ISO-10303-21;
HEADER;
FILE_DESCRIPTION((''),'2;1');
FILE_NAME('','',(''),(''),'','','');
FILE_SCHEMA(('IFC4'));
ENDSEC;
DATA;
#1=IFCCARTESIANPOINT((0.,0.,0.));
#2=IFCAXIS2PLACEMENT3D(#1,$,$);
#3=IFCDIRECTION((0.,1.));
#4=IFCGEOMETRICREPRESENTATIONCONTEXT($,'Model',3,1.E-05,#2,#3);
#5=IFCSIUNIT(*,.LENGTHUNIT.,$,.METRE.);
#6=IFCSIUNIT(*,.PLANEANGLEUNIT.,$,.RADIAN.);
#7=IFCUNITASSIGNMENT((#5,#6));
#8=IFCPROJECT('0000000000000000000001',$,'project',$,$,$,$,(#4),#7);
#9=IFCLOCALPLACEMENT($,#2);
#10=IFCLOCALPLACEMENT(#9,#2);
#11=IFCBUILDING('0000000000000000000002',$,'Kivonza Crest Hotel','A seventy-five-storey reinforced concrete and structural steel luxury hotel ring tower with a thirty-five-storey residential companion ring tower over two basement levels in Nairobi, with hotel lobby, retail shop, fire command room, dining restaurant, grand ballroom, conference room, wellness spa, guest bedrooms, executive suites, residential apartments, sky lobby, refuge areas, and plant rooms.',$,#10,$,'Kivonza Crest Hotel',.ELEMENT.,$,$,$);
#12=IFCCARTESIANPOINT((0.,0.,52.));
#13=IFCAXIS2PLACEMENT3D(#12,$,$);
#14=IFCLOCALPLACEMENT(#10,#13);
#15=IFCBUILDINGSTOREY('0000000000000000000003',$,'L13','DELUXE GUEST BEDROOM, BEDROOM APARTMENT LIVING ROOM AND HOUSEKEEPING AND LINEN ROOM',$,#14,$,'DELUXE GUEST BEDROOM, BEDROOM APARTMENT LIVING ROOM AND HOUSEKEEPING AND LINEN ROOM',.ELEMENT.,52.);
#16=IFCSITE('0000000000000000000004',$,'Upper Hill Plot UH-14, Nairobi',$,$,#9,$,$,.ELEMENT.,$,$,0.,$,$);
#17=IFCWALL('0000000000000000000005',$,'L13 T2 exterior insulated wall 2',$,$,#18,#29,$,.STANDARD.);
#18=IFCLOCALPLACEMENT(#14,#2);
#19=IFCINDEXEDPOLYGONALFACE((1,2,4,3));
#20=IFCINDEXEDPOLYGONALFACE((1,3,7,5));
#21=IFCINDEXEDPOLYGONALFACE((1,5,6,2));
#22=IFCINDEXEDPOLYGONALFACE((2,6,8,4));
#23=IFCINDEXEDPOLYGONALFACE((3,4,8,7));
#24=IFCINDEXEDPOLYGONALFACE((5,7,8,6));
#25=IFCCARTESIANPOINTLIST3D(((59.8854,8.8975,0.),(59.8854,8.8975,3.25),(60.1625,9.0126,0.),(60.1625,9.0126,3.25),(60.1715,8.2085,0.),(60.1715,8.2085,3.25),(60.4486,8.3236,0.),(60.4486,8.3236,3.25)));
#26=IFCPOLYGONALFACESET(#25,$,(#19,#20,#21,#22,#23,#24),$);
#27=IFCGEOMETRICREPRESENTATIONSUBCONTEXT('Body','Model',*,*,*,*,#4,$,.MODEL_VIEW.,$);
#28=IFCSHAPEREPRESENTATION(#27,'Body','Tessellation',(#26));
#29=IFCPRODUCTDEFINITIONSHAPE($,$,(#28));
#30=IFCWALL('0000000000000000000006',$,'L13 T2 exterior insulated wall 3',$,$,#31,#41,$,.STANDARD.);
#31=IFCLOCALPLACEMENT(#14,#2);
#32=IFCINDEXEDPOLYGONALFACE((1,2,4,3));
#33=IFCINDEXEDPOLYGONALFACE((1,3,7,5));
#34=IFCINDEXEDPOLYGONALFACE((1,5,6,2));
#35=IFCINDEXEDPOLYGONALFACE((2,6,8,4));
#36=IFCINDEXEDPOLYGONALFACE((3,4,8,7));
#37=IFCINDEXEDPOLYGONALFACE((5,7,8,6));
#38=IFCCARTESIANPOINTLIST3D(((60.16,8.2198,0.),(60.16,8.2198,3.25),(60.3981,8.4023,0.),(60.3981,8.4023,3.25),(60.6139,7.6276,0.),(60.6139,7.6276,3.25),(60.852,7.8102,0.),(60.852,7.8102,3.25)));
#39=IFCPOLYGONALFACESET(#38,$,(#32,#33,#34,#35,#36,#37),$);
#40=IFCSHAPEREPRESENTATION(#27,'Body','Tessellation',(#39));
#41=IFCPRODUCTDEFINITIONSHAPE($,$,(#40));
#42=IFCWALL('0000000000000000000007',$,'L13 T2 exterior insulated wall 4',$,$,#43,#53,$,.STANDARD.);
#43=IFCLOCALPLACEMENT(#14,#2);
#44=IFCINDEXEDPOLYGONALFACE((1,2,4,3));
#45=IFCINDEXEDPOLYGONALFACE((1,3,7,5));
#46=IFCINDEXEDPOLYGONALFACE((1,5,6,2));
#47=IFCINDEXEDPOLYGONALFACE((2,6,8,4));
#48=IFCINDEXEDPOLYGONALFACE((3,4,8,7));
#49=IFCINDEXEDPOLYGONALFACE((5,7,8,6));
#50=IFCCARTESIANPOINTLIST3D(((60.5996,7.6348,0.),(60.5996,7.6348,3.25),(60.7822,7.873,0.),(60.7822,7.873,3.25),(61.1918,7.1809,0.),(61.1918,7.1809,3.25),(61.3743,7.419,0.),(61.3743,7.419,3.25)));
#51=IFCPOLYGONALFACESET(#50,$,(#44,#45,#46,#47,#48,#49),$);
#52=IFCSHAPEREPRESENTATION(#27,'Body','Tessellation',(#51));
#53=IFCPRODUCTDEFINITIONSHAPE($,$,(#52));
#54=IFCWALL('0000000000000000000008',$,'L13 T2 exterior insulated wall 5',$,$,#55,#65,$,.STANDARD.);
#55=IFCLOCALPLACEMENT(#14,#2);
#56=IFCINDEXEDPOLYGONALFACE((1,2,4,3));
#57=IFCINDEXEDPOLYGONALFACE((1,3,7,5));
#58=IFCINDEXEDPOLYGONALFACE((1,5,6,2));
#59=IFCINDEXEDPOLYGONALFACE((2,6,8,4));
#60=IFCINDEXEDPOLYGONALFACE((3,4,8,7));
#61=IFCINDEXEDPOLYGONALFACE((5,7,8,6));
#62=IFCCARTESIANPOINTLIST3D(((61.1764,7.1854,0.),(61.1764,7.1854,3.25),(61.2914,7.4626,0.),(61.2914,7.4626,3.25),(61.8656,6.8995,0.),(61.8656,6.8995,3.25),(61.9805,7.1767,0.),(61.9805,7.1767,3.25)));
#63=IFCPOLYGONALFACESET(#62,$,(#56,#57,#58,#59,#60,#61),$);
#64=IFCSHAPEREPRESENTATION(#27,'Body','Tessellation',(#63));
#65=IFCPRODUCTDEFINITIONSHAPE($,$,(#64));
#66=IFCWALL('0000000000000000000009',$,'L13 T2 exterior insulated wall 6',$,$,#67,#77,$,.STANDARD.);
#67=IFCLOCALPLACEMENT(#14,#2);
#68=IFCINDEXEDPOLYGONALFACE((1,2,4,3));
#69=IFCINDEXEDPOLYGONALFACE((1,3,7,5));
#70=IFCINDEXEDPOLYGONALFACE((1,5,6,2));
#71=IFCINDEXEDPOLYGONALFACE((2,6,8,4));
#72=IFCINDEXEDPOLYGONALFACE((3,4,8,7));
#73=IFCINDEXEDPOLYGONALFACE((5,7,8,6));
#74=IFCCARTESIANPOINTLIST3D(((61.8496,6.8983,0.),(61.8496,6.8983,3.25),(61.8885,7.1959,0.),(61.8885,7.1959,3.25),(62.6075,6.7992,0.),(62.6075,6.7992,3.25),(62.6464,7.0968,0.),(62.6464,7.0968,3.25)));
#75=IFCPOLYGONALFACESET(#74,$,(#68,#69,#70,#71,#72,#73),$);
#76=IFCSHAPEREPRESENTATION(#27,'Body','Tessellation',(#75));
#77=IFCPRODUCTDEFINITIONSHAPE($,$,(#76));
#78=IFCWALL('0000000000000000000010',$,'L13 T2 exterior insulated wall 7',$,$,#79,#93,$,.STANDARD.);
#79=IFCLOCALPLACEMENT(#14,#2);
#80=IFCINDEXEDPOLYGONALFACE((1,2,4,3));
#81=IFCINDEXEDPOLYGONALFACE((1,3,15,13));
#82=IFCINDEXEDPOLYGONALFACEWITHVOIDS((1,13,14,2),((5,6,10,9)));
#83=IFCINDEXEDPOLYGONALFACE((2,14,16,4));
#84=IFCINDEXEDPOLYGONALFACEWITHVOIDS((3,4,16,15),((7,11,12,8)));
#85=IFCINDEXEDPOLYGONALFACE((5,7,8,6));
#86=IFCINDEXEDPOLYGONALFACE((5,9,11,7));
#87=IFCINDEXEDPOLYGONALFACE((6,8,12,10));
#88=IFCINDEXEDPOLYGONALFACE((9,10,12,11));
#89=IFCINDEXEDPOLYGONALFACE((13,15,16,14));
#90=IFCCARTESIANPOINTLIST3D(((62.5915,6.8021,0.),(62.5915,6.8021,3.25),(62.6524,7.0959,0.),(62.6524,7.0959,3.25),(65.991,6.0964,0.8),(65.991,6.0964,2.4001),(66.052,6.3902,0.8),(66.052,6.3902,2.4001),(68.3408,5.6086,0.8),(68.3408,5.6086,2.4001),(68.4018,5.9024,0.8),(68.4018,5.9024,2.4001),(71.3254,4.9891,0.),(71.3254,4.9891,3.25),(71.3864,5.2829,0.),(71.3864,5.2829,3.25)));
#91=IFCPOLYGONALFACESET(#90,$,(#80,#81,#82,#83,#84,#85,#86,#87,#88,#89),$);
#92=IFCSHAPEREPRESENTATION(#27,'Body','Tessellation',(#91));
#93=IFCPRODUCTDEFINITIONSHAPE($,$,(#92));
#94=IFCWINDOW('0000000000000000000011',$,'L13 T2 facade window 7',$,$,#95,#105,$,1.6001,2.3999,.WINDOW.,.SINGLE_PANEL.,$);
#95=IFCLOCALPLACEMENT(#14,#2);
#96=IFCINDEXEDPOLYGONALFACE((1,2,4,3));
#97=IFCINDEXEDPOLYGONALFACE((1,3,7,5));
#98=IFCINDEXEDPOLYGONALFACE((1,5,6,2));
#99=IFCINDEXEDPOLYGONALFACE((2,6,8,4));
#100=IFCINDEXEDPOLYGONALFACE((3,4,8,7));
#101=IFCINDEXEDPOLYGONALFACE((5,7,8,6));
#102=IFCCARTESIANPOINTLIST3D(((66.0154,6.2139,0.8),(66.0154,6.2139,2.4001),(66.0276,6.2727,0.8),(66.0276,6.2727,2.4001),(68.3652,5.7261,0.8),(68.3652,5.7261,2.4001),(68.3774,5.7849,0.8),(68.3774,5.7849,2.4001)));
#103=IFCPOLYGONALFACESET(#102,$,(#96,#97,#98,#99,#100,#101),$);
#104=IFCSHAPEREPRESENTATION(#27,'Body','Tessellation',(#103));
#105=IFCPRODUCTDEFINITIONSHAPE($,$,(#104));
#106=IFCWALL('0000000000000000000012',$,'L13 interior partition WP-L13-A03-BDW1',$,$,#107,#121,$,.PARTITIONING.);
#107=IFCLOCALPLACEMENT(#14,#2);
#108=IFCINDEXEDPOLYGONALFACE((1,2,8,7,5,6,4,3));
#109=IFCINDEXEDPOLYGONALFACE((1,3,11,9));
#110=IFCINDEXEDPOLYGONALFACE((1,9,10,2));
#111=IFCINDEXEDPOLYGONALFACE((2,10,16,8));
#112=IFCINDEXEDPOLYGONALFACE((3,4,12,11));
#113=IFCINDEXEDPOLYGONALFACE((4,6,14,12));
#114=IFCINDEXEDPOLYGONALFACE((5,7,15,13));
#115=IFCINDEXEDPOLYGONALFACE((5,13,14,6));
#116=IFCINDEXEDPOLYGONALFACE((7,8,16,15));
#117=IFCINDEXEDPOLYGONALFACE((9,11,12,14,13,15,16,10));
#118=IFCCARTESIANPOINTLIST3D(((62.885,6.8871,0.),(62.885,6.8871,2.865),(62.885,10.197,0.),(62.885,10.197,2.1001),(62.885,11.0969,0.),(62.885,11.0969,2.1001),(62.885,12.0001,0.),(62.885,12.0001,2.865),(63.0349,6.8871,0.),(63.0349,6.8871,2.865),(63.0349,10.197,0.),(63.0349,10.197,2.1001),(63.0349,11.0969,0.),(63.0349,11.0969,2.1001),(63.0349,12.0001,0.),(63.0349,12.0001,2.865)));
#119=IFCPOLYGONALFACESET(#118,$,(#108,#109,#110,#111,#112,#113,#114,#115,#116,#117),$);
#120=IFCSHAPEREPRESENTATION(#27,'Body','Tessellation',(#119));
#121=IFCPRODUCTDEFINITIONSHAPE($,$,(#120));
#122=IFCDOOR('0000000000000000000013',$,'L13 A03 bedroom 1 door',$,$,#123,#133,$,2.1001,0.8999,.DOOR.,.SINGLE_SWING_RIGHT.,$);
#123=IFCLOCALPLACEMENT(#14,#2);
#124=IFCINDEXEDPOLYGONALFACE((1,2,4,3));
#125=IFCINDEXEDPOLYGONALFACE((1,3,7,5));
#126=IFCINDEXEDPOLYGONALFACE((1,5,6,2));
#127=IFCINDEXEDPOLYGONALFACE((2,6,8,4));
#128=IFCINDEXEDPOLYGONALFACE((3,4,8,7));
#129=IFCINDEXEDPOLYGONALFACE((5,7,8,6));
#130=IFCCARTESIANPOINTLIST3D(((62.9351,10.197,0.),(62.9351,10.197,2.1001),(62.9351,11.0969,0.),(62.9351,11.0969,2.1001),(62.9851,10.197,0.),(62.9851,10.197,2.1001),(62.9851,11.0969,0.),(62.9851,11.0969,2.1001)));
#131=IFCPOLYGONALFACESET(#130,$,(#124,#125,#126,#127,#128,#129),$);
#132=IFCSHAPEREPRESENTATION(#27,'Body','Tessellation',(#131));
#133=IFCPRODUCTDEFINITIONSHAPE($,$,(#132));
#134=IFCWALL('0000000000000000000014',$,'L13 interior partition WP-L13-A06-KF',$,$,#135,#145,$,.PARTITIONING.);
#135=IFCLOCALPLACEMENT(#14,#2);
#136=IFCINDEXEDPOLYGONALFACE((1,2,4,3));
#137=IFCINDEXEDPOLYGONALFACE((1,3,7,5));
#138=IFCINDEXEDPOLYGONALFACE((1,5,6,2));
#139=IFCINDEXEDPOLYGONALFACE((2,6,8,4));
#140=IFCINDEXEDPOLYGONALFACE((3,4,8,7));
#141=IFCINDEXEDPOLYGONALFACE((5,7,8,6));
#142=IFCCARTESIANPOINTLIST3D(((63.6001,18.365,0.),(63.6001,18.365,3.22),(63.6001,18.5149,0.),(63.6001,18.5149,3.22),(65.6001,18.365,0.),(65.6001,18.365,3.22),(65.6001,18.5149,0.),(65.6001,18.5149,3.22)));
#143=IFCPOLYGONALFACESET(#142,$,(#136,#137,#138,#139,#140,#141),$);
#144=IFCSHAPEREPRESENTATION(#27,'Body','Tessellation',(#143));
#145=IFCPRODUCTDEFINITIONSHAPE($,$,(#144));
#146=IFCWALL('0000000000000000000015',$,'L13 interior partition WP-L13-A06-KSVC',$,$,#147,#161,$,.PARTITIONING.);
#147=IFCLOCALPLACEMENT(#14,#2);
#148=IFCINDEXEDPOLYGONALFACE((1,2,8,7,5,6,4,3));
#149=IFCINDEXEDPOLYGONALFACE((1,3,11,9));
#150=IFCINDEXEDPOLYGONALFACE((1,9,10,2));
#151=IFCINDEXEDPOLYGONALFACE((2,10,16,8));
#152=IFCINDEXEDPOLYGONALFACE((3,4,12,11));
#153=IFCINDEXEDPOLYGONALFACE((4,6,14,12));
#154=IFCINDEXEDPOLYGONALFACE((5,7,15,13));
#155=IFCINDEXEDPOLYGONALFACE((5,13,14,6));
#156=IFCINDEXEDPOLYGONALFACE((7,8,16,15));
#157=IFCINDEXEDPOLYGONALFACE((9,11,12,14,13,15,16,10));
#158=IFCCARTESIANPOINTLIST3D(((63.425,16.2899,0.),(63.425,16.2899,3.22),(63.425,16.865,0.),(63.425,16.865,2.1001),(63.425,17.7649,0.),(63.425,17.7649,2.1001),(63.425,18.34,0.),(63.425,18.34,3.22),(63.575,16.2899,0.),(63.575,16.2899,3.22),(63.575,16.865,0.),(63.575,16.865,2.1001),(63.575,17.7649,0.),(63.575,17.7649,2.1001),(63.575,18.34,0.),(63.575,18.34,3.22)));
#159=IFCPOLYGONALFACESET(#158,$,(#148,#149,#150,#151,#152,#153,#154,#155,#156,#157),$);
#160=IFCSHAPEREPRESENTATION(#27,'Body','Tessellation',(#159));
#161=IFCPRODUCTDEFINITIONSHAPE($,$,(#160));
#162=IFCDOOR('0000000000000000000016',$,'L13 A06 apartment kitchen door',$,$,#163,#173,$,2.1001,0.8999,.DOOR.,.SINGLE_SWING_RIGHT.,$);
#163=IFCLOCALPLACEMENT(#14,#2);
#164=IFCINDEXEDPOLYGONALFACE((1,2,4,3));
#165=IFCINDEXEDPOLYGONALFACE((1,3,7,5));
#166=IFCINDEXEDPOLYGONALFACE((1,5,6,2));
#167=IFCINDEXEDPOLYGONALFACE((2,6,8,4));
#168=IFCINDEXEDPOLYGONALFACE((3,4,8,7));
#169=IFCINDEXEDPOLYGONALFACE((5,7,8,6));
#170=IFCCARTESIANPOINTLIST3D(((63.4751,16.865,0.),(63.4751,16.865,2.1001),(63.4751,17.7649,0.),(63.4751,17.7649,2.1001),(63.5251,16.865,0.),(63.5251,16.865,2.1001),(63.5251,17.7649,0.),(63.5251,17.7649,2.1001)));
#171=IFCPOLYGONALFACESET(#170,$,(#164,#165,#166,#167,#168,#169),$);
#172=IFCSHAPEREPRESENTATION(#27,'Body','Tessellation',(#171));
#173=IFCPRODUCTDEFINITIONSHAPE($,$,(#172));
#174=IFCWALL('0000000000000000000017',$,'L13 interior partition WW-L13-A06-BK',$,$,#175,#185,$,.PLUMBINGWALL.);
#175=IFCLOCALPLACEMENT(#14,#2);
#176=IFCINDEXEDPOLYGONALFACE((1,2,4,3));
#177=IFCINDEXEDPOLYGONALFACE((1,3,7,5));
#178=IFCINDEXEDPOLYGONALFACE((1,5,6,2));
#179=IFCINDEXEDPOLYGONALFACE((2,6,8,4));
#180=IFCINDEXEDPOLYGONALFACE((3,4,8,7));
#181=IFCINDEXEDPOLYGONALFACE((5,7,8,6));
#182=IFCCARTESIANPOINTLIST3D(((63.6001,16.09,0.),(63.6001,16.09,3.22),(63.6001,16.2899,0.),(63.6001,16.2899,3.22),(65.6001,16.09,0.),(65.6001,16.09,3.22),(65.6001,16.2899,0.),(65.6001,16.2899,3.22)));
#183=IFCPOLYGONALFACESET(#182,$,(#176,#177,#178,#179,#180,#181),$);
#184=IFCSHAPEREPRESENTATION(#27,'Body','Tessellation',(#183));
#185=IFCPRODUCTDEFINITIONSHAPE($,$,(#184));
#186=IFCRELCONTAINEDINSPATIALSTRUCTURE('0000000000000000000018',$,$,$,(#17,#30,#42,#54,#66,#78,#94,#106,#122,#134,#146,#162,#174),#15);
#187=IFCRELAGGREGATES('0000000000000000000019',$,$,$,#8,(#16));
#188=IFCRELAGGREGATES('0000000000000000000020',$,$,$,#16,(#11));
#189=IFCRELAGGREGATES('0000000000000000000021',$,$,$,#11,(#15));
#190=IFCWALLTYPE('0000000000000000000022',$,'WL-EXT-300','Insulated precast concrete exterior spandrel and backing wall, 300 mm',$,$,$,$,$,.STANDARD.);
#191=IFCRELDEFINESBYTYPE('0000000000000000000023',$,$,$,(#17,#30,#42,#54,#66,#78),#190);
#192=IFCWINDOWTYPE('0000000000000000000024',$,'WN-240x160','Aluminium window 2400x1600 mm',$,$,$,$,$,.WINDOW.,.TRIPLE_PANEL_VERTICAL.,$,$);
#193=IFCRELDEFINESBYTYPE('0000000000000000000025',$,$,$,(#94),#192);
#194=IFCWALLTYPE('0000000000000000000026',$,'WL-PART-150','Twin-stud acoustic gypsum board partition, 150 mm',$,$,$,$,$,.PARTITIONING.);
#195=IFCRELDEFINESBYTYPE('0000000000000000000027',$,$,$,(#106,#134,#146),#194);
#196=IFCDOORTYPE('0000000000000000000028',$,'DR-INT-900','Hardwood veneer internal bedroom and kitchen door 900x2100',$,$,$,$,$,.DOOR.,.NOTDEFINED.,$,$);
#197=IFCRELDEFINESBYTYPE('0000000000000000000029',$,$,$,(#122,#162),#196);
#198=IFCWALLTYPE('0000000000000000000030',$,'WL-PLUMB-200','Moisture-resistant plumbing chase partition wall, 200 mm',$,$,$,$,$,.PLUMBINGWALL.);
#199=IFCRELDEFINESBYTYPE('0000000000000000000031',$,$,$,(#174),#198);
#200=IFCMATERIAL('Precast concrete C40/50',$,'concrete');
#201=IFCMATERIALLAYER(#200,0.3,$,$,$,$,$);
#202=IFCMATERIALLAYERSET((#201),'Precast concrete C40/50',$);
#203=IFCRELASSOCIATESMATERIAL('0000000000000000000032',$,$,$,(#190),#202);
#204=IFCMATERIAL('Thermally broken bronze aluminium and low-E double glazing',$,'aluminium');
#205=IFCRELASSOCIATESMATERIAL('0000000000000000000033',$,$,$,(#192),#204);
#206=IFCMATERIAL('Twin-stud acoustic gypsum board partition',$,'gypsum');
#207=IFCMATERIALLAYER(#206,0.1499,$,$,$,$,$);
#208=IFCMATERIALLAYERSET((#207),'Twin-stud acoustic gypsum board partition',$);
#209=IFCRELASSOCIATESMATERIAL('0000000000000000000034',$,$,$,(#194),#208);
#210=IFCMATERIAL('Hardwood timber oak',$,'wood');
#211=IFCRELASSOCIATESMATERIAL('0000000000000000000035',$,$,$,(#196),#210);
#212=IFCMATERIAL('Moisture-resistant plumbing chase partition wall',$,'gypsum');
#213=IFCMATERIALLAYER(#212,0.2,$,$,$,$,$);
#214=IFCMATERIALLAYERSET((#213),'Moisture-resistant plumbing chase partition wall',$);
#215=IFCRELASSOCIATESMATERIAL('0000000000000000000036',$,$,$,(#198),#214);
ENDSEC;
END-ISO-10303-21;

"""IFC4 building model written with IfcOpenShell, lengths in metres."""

from ifc_helpers import new_model, si_unit, direction, frame, frame_2d, origin, place, context, subcontext, project, spatial, rectangle, extrude, material, layer, layer_set, type_object, element, fill, save


model = new_model("IFC4")

# Units and contexts
model_context = context("Model", 3, precision=1e-05, world=origin(), true_north=direction((0.0, 1.0)))
body_context = subcontext(model_context, "Body", "Model", "MODEL_VIEW")
ifc_project = project(units=[si_unit("LENGTHUNIT", "METRE"), si_unit("PLANEANGLEUNIT", "RADIAN")], contexts=[model_context])

# Site, building, storey
site_placement = place(None, origin())
site = spatial("IfcSite", under=ifc_project, at=site_placement, Name="Upper Hill Plot UH-14, Nairobi", CompositionType="ELEMENT", RefElevation=0.0)
building_placement = place(site_placement, origin())
building = spatial("IfcBuilding", under=site, at=building_placement, Name="Kivonza Crest Hotel", Description="A seventy-five-storey reinforced concrete and structural steel luxury hotel ring tower with a thirty-five-storey residential companion ring tower over two basement levels in Nairobi, with hotel lobby, retail shop, fire command room, dining restaurant, grand ballroom, conference room, wellness spa, guest bedrooms, executive suites, residential apartments, sky lobby, refuge areas, and plant rooms.", LongName="Kivonza Crest Hotel", CompositionType="ELEMENT")
storey_placement = place(building_placement, frame((0.0, 0.0, 52.0)))
storey = spatial("IfcBuildingStorey", under=building, at=storey_placement, Name="L13", Description="DELUXE GUEST BEDROOM, BEDROOM APARTMENT LIVING ROOM AND HOUSEKEEPING AND LINEN ROOM", LongName="DELUXE GUEST BEDROOM, BEDROOM APARTMENT LIVING ROOM AND HOUSEKEEPING AND LINEN ROOM", CompositionType="ELEMENT", Elevation=52.0)

# Walls
ifc_material_1 = material(Name="Precast concrete C40/50", Category="concrete")
ifc_layer_1 = layer(ifc_material_1, 0.3)
ifc_layer_set_1 = layer_set([ifc_layer_1], Name="Precast concrete C40/50")
wall_type_1 = type_object("IfcWallType", Name="WL-EXT-300", Description="Insulated precast concrete exterior spandrel and backing wall, 300 mm", PredefinedType="STANDARD", material=ifc_layer_set_1)
for number, where, z_axis, x_axis, name in (
    (1, (60.0239, 8.9551, 0.0), (0.0, 0.0, 1.0), (0.383546, -0.923522, 0.0), "L13 T2 exterior insulated wall 2"),
    (2, (60.2791, 8.311, 0.0), (0.0, 0.0, 1.0), (0.608397, -0.793633, 0.0), "L13 T2 exterior insulated wall 3"),
    (3, (60.6909, 7.7539, 0.0), (0.0, 0.0, 1.0), (0.793633, -0.608397, 0.0), "L13 T2 exterior insulated wall 4"),
    (4, (61.2339, 7.324, 0.0), (0.0, 0.0, 1.0), (0.923686, -0.383151, 0.0), "L13 T2 exterior insulated wall 5"),
):
    element("IfcWall", number, at=place(storey_placement, frame(where, z_axis=z_axis, x_axis=x_axis)), inside=storey, type_object=wall_type_1, Name=name, PredefinedType="STANDARD", context=body_context, shape_type="SweptSolid", body=[
        extrude(rectangle(XDim=0.7461, YDim=0.3, at=frame_2d((0.373, 0.0))), origin(), (0.0, 0.0, 1.0), 3.25),
    ])
wall_1_placement = place(storey_placement, frame((61.8689, 7.0471, 0.0), z_axis=(0.0, 0.0, 1.0), x_axis=(0.991559, -0.129653, 0.0)))
element("IfcWall", 5, at=wall_1_placement, inside=storey, type_object=wall_type_1, Name="L13 T2 exterior insulated wall 6", PredefinedType="STANDARD", context=body_context, shape_type="SweptSolid", body=[
    extrude(rectangle(XDim=0.7644, YDim=0.3, at=frame_2d((0.3823, 0.0))), origin(), (0.0, 0.0, 1.0), 3.25),
])

# Wall, opening, window
wall_2_placement = place(storey_placement, frame((62.6221, 6.949, 0.0), z_axis=(0.0, 0.0, 1.0), x_axis=(0.979127, -0.203248, 0.0)))
wall_2 = element("IfcWall", 6, at=wall_2_placement, inside=storey, type_object=wall_type_1, Name="L13 T2 exterior insulated wall 7", PredefinedType="STANDARD", context=body_context, shape_type="SweptSolid", body=[
    extrude(rectangle(XDim=8.9202, YDim=0.3, at=frame_2d((4.46, 0.0))), origin(), (0.0, 0.0, 1.0), 3.25),
])
opening_1_placement = place(wall_2_placement, frame((3.4719, 0.0, 0.8)))
opening_1 = element("IfcOpeningElement", 7, at=opening_1_placement, cuts=wall_2, PredefinedType="OPENING", context=body_context, shape_type="SweptSolid", body=[
    extrude(rectangle(XDim=2.3999, YDim=1.6001, at=frame_2d((1.2, 0.8))), frame((0.0, 0.1602, 0.0), z_axis=(0.0, -1.0, 0.0), x_axis=(1.0, 0.0, 0.0)), (0.0, 0.0, 1.0), 0.3201),
])
ifc_material_2 = material(Name="Thermally broken bronze aluminium and low-E double glazing", Category="aluminium")
window_type = type_object("IfcWindowType", Name="WN-240x160", Description="Aluminium window 2400x1600 mm", PartitioningType="TRIPLE_PANEL_VERTICAL", PredefinedType="WINDOW", material=ifc_material_2)
window_placement = place(opening_1_placement, origin())
window = element("IfcWindow", 8, at=window_placement, inside=storey, type_object=window_type, Name="L13 T2 facade window 7", OverallHeight=1.6001, OverallWidth=2.3999, PartitioningType="SINGLE_PANEL", PredefinedType="WINDOW", context=body_context, shape_type="SweptSolid", body=[
    extrude(rectangle(XDim=2.3999, YDim=1.6001, at=frame_2d((1.2, 0.8))), frame((0.0, 0.03, 0.0), z_axis=(0.0, -1.0, 0.0), x_axis=(1.0, 0.0, 0.0)), (0.0, 0.0, 1.0), 0.0601),
])
fill(opening_1, window)

# Wall, opening, door
ifc_material_3 = material(Name="Twin-stud acoustic gypsum board partition", Category="gypsum")
ifc_layer_2 = layer(ifc_material_3, 0.1499)
ifc_layer_set_2 = layer_set([ifc_layer_2], Name="Twin-stud acoustic gypsum board partition")
wall_type_2 = type_object("IfcWallType", Name="WL-PART-150", Description="Twin-stud acoustic gypsum board partition, 150 mm", PredefinedType="PARTITIONING", material=ifc_layer_set_2)
wall_3_placement = place(storey_placement, frame((62.96, 6.887, 0.0), z_axis=(0.0, 0.0, 1.0), x_axis=(0.0, 1.0, 0.0)))
wall_3 = element("IfcWall", 9, at=wall_3_placement, inside=storey, type_object=wall_type_2, Name="L13 interior partition WP-L13-A03-BDW1", PredefinedType="PARTITIONING", context=body_context, shape_type="SweptSolid", body=[
    extrude(rectangle(XDim=5.113, YDim=0.1499, at=frame_2d((2.5566, 0.0))), origin(), (0.0, 0.0, 1.0), 2.865),
])
opening_2_placement = place(wall_3_placement, frame((3.3101, 0.0, 0.0)))
opening_2 = element("IfcOpeningElement", 10, at=opening_2_placement, cuts=wall_3, PredefinedType="OPENING", context=body_context, shape_type="SweptSolid", body=[
    extrude(rectangle(XDim=0.8999, YDim=2.1001, at=frame_2d((0.45, 1.05))), frame((0.0, 0.085, 0.0), z_axis=(0.0, -1.0, 0.0), x_axis=(1.0, 0.0, 0.0)), (0.0, 0.0, 1.0), 0.1699),
])
ifc_material_4 = material(Name="Hardwood timber oak", Category="wood")
door_type_1 = type_object("IfcDoorType", Name="DR-INT-900", Description="Hardwood veneer internal bedroom and kitchen door 900x2100", OperationType="NOTDEFINED", PredefinedType="DOOR", material=ifc_material_4)
door_1_placement = place(opening_2_placement, origin())
door_1 = element("IfcDoor", 11, at=door_1_placement, inside=storey, type_object=door_type_1, Name="L13 A03 bedroom 1 door", OperationType="SINGLE_SWING_RIGHT", OverallHeight=2.1001, OverallWidth=0.8999, PredefinedType="DOOR", context=body_context, shape_type="SweptSolid", body=[
    extrude(rectangle(XDim=0.8999, YDim=2.1001, at=frame_2d((0.45, 1.05))), frame((0.0, 0.0249, 0.0), z_axis=(0.0, -1.0, 0.0), x_axis=(1.0, 0.0, 0.0)), (0.0, 0.0, 1.0), 0.05),
])
fill(opening_2, door_1)

# Wall
wall_4_placement = place(storey_placement, frame((63.6001, 18.4399, 0.0), z_axis=(0.0, 0.0, 1.0), x_axis=(1.0, 0.0, 0.0)))
element("IfcWall", 12, at=wall_4_placement, inside=storey, type_object=wall_type_2, Name="L13 interior partition WP-L13-A06-KF", PredefinedType="PARTITIONING", context=body_context, shape_type="SweptSolid", body=[
    extrude(rectangle(XDim=2.0, YDim=0.1499, at=frame_2d((1.0, 0.0))), origin(), (0.0, 0.0, 1.0), 3.22),
])

# Wall, opening, door
wall_5_placement = place(storey_placement, frame((63.5, 16.29, 0.0), z_axis=(0.0, 0.0, 1.0), x_axis=(0.0, 1.0, 0.0)))
wall_5 = element("IfcWall", 13, at=wall_5_placement, inside=storey, type_object=wall_type_2, Name="L13 interior partition WP-L13-A06-KSVC", PredefinedType="PARTITIONING", context=body_context, shape_type="SweptSolid", body=[
    extrude(rectangle(XDim=2.05, YDim=0.1499, at=frame_2d((1.0249, 0.0))), origin(), (0.0, 0.0, 1.0), 3.22),
])
opening_3_placement = place(wall_5_placement, frame((0.575, 0.0, 0.0)))
opening_3 = element("IfcOpeningElement", 14, at=opening_3_placement, cuts=wall_5, PredefinedType="OPENING", context=body_context, shape_type="SweptSolid", body=[
    extrude(rectangle(XDim=0.8999, YDim=2.1001, at=frame_2d((0.45, 1.05))), frame((0.0, 0.085, 0.0), z_axis=(0.0, -1.0, 0.0), x_axis=(1.0, 0.0, 0.0)), (0.0, 0.0, 1.0), 0.1699),
])
door_2_placement = place(opening_3_placement, origin())
door_2 = element("IfcDoor", 15, at=door_2_placement, inside=storey, type_object=door_type_1, Name="L13 A06 apartment kitchen door", OperationType="SINGLE_SWING_RIGHT", OverallHeight=2.1001, OverallWidth=0.8999, PredefinedType="DOOR", context=body_context, shape_type="SweptSolid", body=[
    extrude(rectangle(XDim=0.8999, YDim=2.1001, at=frame_2d((0.45, 1.05))), frame((0.0, 0.0249, 0.0), z_axis=(0.0, -1.0, 0.0), x_axis=(1.0, 0.0, 0.0)), (0.0, 0.0, 1.0), 0.05),
])
fill(opening_3, door_2)

# Wall
ifc_material_5 = material(Name="Moisture-resistant plumbing chase partition wall", Category="gypsum")
ifc_layer_3 = layer(ifc_material_5, 0.2)
ifc_layer_set_3 = layer_set([ifc_layer_3], Name="Moisture-resistant plumbing chase partition wall")
wall_type_3 = type_object("IfcWallType", Name="WL-PLUMB-200", Description="Moisture-resistant plumbing chase partition wall, 200 mm", PredefinedType="PLUMBINGWALL", material=ifc_layer_set_3)
wall_6_placement = place(storey_placement, frame((63.6001, 16.1899, 0.0), z_axis=(0.0, 0.0, 1.0), x_axis=(1.0, 0.0, 0.0)))
element("IfcWall", 16, at=wall_6_placement, inside=storey, type_object=wall_type_3, Name="L13 interior partition WW-L13-A06-BK", PredefinedType="PLUMBINGWALL", context=body_context, shape_type="SweptSolid", body=[
    extrude(rectangle(XDim=2.0, YDim=0.2, at=frame_2d((1.0, 0.0))), origin(), (0.0, 0.0, 1.0), 3.22),
])

save(model, "model.ifc")
